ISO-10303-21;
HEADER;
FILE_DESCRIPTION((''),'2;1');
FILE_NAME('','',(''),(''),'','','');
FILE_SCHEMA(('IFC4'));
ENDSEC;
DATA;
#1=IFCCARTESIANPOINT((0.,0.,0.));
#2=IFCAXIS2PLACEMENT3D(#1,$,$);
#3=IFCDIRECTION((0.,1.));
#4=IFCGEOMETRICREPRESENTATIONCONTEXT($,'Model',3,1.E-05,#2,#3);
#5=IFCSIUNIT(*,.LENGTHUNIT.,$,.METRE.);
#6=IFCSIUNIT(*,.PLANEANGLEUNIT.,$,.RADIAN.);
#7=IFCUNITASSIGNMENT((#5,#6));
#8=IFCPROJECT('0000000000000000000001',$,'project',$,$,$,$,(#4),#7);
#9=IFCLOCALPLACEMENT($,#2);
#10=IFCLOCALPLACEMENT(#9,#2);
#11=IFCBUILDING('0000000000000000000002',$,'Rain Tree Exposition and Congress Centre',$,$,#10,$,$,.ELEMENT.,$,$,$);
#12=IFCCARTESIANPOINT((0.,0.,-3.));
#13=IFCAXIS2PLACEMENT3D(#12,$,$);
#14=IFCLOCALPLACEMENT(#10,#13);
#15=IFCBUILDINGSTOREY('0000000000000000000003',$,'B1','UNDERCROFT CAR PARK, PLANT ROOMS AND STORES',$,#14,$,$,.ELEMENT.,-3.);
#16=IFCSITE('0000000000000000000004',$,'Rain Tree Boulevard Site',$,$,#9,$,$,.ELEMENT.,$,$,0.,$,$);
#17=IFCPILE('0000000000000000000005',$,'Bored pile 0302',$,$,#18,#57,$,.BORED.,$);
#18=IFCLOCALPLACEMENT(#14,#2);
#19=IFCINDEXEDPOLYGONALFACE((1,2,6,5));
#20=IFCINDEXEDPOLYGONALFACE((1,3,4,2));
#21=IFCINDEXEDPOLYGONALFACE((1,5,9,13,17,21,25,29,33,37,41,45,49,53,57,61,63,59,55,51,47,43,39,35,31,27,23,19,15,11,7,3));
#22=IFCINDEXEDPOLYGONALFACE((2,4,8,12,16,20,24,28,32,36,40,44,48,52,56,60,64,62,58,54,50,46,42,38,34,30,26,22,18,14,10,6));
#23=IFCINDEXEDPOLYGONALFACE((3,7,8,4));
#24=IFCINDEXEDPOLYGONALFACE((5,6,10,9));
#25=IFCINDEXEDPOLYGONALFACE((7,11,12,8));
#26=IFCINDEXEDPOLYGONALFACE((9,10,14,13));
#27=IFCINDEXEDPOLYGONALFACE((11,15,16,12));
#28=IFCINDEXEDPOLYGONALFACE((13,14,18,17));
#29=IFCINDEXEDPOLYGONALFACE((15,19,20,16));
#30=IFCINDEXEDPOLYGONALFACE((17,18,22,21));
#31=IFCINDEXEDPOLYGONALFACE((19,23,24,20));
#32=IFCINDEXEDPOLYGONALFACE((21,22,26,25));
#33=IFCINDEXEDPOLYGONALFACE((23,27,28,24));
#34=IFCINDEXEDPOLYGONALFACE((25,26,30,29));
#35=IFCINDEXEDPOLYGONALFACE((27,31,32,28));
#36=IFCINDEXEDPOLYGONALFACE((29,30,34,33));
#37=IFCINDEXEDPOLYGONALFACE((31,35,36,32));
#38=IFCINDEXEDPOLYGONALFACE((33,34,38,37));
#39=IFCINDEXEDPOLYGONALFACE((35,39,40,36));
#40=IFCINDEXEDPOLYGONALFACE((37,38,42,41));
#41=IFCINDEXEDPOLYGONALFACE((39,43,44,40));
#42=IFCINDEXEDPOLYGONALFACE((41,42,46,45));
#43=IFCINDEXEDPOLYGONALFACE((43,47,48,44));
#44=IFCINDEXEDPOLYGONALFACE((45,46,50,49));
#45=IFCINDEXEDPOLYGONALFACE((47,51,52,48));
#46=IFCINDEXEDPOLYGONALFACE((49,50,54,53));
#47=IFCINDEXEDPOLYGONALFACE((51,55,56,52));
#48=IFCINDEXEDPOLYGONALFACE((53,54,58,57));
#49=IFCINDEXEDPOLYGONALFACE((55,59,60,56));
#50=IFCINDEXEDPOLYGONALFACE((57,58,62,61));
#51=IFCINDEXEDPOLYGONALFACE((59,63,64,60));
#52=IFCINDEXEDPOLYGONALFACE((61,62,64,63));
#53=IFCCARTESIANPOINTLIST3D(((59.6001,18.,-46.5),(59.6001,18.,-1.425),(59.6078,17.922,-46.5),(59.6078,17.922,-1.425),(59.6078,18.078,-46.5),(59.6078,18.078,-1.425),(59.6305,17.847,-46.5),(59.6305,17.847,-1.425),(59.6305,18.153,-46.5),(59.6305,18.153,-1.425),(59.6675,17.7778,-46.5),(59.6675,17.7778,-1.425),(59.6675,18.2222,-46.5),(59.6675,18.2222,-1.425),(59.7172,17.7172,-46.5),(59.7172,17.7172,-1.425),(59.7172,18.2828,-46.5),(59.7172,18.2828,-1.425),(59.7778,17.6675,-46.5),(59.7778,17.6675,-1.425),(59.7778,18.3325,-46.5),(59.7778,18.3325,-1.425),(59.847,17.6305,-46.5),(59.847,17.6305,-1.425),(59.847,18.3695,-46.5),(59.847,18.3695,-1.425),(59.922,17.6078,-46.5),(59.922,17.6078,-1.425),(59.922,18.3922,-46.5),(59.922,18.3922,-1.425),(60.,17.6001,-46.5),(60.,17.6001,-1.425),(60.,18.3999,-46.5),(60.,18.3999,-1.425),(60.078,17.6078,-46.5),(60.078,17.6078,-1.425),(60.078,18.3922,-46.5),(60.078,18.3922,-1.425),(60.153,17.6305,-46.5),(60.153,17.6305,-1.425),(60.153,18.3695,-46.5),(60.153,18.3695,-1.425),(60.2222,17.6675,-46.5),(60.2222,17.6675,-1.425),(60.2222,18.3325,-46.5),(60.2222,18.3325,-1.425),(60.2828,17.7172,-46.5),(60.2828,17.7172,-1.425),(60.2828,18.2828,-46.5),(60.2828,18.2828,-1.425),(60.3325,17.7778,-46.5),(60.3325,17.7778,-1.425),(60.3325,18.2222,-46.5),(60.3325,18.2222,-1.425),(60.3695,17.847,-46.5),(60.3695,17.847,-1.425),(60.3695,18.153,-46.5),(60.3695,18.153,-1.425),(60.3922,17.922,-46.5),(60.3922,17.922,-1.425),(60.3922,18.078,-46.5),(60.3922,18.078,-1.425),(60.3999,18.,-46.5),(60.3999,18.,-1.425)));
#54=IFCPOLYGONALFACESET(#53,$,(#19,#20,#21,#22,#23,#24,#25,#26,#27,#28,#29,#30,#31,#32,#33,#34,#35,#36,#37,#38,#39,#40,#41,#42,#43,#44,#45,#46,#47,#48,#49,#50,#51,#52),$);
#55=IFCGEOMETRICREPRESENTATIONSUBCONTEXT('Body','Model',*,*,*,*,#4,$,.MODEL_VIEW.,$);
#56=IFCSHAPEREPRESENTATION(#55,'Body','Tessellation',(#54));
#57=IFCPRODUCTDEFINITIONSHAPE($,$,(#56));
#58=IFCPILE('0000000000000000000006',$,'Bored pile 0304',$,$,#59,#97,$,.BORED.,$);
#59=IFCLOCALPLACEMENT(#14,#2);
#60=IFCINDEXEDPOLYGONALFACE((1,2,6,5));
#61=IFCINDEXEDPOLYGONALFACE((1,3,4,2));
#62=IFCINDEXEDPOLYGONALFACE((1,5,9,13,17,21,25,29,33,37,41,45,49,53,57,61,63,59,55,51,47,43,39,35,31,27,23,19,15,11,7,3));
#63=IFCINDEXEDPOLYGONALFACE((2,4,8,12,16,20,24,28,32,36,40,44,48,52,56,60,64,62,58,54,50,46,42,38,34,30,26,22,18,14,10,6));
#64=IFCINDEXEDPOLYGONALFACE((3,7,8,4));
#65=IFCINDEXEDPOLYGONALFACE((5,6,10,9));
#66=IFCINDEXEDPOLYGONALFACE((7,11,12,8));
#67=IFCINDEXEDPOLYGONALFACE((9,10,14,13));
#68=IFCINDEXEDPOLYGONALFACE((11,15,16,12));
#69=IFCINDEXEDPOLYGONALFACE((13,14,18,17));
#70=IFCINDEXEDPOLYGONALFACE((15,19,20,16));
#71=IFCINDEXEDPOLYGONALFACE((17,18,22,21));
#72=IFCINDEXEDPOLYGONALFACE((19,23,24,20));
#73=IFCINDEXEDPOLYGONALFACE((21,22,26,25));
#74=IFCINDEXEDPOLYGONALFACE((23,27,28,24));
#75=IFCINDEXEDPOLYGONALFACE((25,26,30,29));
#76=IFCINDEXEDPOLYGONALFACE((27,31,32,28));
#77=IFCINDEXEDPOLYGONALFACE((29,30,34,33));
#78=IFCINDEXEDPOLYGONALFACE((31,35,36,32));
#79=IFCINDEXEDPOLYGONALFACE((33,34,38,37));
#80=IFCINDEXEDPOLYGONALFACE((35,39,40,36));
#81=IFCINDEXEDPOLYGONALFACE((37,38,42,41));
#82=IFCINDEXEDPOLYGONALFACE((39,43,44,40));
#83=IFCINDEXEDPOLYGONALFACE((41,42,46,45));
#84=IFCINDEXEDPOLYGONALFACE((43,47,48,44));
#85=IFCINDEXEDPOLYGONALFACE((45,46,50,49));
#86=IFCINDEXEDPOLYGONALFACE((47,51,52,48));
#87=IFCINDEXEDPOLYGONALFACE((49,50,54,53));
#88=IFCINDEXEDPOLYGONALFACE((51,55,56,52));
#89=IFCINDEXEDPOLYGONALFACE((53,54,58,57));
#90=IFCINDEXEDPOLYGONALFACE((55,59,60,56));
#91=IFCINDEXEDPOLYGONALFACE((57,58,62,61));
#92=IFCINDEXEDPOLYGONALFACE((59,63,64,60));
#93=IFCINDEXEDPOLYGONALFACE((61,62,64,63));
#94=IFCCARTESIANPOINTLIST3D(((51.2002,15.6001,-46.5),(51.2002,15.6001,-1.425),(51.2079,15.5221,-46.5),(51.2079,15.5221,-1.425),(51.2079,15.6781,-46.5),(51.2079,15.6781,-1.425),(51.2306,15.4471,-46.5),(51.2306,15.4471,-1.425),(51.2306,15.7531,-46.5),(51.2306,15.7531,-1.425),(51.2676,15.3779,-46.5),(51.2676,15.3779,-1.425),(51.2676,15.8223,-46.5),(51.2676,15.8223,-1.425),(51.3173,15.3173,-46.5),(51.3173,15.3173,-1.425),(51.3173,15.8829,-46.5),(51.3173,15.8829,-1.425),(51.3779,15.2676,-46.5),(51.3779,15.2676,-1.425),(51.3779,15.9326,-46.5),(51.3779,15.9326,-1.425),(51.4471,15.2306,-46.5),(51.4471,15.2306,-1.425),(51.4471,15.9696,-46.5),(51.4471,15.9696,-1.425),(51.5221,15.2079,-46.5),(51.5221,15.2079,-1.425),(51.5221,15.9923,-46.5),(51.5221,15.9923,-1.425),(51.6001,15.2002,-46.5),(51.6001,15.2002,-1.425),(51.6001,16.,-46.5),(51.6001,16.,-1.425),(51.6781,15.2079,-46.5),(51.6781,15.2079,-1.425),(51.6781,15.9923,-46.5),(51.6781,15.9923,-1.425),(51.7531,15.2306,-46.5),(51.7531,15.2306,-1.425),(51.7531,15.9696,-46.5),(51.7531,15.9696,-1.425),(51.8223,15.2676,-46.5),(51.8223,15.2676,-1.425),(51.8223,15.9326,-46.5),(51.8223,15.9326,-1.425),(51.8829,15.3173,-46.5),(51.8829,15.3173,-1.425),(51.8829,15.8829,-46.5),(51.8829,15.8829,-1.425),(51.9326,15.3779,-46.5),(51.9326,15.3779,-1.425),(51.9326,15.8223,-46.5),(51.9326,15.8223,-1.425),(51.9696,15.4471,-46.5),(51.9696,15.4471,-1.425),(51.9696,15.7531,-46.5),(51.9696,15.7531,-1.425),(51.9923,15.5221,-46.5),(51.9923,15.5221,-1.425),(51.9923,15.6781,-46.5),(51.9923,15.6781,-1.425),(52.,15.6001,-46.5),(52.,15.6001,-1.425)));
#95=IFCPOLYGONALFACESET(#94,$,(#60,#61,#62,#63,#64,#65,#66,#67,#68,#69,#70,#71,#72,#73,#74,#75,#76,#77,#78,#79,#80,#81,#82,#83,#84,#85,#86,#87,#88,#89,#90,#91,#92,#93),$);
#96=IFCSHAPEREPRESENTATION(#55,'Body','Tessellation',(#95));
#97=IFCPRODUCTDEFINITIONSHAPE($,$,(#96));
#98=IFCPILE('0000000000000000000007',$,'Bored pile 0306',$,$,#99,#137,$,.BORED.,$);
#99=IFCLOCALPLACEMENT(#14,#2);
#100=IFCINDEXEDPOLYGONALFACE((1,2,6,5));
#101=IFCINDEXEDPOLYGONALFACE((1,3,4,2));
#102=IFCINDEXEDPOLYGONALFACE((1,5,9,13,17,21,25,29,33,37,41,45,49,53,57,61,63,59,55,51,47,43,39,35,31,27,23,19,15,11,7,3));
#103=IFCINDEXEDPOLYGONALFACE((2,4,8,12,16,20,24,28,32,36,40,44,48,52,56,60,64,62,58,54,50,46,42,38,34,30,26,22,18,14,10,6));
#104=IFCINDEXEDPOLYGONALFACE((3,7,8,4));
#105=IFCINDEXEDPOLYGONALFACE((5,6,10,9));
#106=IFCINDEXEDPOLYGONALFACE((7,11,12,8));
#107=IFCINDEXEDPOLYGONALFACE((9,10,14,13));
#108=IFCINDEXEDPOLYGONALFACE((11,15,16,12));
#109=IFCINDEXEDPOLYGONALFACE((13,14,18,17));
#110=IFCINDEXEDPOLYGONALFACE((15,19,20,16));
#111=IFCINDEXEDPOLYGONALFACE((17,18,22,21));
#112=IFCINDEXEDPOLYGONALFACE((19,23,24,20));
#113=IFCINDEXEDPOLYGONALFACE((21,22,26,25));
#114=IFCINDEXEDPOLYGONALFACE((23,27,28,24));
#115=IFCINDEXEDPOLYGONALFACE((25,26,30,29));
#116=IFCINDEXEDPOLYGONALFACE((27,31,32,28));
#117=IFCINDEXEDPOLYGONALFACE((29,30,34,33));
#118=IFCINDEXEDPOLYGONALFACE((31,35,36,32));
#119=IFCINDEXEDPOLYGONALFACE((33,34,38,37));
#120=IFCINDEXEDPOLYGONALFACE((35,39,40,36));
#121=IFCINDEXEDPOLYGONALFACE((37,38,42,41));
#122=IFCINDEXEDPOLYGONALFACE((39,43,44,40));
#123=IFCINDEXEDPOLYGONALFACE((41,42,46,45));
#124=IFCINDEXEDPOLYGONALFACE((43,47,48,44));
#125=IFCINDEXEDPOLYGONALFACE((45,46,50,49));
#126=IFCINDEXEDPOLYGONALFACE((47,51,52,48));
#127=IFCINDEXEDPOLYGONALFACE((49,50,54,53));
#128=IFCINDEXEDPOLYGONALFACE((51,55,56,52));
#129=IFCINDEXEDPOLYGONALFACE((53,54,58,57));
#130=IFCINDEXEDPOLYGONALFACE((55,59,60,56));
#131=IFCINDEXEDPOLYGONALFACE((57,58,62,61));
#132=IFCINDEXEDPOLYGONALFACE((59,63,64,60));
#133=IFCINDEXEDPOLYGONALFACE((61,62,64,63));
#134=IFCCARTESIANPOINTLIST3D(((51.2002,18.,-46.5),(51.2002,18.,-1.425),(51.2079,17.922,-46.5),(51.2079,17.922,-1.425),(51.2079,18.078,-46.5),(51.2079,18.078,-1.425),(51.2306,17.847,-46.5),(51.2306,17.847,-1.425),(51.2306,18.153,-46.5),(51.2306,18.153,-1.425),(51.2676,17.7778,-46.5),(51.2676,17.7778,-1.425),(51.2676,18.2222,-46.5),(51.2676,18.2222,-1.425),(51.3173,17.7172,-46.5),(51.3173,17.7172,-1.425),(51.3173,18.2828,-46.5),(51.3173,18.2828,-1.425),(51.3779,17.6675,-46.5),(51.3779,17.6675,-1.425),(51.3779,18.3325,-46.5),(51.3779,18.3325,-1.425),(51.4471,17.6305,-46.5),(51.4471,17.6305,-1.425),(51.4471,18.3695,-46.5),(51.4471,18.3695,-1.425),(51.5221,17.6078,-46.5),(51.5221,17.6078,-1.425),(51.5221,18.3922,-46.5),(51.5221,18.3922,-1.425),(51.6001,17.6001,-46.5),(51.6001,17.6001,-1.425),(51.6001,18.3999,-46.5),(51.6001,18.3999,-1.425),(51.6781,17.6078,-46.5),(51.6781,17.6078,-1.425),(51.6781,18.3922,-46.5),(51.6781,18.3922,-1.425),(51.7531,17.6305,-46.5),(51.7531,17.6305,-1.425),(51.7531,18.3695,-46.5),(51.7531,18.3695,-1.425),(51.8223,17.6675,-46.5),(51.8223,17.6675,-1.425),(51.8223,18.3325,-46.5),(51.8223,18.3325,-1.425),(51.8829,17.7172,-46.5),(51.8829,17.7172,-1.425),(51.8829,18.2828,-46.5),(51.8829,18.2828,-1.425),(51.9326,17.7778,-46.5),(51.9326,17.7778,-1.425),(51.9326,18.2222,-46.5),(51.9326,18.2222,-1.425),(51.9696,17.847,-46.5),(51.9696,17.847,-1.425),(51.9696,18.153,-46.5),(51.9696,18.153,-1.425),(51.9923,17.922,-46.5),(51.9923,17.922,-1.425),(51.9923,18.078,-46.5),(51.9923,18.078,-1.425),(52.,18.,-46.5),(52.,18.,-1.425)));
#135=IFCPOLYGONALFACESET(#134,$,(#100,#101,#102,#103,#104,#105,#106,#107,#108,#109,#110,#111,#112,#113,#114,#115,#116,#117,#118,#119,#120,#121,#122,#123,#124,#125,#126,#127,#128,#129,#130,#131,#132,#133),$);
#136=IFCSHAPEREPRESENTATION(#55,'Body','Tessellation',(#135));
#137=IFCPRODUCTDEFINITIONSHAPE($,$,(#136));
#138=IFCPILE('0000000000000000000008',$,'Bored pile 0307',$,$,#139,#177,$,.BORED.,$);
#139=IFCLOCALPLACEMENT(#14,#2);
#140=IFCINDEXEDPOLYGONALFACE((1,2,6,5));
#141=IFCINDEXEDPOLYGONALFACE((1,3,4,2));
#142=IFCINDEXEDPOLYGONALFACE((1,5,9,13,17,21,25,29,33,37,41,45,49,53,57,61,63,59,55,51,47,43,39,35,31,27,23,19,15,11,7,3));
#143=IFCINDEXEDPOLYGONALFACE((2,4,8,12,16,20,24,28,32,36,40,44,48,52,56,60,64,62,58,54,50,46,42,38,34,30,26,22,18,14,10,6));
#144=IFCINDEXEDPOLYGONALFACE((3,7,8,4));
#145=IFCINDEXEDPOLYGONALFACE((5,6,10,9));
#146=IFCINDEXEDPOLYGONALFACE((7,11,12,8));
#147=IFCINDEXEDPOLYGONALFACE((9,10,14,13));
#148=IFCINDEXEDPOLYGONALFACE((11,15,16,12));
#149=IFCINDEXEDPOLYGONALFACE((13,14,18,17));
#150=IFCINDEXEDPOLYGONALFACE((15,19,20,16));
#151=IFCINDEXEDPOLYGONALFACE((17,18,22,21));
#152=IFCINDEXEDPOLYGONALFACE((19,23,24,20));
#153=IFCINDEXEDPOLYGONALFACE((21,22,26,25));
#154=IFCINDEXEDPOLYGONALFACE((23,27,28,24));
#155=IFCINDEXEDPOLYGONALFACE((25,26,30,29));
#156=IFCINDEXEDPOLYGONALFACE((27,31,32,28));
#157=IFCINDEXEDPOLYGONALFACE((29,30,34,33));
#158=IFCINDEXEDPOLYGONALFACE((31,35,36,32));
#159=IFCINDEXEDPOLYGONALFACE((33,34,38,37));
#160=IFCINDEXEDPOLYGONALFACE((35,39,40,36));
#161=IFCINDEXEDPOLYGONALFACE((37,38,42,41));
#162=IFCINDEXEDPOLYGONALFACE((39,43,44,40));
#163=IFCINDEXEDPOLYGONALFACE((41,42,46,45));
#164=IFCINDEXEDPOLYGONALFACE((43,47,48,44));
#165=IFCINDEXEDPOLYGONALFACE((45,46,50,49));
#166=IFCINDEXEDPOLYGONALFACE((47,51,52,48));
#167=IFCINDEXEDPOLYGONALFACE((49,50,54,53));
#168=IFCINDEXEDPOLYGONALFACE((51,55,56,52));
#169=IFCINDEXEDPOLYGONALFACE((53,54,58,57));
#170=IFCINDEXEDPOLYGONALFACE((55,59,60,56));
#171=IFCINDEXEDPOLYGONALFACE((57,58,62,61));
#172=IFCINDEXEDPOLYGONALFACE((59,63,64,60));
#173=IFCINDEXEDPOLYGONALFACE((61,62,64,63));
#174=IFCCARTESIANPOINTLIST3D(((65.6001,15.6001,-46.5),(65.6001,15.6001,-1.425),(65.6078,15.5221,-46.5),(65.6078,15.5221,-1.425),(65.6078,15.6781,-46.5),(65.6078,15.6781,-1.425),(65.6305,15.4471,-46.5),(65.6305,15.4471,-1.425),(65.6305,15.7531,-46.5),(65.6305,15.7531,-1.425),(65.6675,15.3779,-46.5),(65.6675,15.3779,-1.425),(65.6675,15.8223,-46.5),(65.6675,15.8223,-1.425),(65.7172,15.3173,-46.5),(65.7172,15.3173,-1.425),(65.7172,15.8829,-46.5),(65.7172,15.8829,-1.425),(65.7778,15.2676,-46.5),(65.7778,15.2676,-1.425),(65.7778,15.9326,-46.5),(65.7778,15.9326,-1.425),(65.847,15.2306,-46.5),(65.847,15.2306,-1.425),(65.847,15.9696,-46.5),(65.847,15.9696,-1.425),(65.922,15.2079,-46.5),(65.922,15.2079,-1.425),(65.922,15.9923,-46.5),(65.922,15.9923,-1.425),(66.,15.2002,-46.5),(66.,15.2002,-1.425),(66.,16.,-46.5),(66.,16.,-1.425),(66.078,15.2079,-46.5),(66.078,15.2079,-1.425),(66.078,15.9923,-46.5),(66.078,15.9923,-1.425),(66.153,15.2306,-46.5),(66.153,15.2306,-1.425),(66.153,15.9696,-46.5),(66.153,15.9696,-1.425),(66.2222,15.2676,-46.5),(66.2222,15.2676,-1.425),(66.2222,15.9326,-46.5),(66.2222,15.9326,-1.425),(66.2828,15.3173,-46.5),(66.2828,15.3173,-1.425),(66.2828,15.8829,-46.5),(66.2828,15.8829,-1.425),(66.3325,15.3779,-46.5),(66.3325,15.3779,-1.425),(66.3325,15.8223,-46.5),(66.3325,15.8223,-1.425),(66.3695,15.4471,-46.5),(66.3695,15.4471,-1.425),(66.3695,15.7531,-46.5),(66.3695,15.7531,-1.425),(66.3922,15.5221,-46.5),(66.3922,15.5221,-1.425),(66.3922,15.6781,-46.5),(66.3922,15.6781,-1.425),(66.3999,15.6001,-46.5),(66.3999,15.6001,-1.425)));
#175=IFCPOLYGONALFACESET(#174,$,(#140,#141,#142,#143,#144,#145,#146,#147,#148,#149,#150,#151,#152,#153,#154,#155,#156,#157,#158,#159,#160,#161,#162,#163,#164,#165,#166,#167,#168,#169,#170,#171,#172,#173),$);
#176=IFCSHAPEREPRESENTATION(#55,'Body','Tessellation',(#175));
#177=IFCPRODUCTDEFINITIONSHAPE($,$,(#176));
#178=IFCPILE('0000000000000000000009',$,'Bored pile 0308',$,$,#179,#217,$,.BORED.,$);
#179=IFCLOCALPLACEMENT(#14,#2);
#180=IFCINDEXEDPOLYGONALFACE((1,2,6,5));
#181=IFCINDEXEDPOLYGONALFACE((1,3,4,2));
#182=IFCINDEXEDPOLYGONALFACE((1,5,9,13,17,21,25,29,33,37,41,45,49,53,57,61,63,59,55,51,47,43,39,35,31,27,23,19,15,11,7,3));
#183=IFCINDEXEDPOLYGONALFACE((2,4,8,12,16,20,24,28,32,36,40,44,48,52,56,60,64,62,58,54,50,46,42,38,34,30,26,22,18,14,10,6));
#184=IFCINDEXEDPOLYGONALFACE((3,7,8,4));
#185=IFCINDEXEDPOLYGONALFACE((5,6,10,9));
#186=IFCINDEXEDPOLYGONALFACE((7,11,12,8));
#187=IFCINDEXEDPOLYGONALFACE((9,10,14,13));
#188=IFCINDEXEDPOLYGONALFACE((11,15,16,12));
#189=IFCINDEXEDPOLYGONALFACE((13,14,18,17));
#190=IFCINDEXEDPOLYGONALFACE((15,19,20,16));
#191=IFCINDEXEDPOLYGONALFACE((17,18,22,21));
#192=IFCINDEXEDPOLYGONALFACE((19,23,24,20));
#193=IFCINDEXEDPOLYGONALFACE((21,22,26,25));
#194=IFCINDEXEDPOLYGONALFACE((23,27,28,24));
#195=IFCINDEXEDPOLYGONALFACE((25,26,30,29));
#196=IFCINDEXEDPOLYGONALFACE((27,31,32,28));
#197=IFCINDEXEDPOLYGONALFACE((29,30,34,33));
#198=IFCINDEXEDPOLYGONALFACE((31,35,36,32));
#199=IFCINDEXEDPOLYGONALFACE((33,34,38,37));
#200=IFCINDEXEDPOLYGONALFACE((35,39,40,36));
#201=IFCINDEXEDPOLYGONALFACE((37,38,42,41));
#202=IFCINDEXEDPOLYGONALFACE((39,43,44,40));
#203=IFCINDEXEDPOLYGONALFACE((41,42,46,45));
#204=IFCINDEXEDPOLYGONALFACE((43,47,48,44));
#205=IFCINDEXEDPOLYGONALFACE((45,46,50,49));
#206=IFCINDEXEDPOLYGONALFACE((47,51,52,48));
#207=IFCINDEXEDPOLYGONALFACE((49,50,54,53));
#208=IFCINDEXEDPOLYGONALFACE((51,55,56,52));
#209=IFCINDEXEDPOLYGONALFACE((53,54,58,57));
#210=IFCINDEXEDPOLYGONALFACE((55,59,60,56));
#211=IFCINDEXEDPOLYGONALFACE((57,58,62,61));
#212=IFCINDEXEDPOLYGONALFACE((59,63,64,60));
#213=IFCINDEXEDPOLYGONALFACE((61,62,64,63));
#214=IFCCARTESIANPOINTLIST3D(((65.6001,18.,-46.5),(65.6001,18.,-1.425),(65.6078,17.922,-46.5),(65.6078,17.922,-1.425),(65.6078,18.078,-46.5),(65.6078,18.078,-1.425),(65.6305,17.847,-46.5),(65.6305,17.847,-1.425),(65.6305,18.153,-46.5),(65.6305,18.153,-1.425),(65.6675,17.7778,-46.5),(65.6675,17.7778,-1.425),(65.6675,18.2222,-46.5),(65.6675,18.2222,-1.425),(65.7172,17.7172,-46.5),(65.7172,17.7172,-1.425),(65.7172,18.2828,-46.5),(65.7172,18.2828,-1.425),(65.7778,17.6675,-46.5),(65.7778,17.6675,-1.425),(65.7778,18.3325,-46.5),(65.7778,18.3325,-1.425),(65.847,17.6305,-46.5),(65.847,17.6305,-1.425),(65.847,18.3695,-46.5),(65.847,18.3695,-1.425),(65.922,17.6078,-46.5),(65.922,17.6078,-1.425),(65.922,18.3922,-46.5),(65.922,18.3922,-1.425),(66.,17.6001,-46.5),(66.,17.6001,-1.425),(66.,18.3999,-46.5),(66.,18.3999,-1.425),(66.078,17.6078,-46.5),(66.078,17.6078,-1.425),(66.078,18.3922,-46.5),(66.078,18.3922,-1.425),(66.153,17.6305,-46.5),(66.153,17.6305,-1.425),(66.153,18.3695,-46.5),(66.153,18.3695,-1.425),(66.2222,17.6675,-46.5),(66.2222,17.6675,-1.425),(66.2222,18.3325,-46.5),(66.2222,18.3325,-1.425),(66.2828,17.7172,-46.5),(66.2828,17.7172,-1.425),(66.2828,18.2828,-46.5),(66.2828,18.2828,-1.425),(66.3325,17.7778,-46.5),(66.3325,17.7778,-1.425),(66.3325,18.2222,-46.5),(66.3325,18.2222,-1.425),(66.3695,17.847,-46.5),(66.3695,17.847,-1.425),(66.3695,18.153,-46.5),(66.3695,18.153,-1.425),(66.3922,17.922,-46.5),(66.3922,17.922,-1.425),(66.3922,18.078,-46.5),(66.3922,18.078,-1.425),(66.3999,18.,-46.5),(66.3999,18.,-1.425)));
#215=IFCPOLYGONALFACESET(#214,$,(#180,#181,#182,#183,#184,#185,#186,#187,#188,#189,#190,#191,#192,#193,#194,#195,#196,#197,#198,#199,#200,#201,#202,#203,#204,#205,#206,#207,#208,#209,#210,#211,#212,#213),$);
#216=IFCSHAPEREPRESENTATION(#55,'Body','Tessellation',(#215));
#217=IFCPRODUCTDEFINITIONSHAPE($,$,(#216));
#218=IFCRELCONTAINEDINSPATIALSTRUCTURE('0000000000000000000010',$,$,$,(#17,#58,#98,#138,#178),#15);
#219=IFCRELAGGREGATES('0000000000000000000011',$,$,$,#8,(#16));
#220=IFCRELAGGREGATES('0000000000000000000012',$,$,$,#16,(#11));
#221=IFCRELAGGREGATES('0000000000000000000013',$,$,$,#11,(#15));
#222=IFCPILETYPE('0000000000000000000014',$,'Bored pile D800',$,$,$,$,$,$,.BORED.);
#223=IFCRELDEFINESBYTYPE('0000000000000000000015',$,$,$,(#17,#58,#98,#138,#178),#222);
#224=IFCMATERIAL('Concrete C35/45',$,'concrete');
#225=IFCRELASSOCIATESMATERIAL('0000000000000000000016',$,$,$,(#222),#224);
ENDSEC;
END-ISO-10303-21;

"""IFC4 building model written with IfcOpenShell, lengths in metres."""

from ifc_helpers import new_model, si_unit, direction, frame, origin, origin_2d, place, context, subcontext, project, spatial, circle, extrude, material, material_profile, profile_set, type_object, element, save


model = new_model("IFC4")

# Units and contexts
model_context = context("Model", 3, precision=1e-05, world=origin(), true_north=direction((0.0, 1.0)))
body_context = subcontext(model_context, "Body", "Model", "MODEL_VIEW")
ifc_project = project(units=[si_unit("LENGTHUNIT", "METRE"), si_unit("PLANEANGLEUNIT", "RADIAN")], contexts=[model_context])

# Site, building, storey
site_placement = place(None, origin())
site = spatial("IfcSite", under=ifc_project, at=site_placement, Name="Rain Tree Boulevard Site", CompositionType="ELEMENT", RefElevation=0.0)
building_placement = place(site_placement, origin())
building = spatial("IfcBuilding", under=site, at=building_placement, Name="Rain Tree Exposition and Congress Centre", CompositionType="ELEMENT")
storey_placement = place(building_placement, frame((0.0, 0.0, -3.0)))
storey = spatial("IfcBuildingStorey", under=building, at=storey_placement, Name="B1", Description="UNDERCROFT CAR PARK, PLANT ROOMS AND STORES", CompositionType="ELEMENT", Elevation=-3.0)

# Piles
ifc_material_1 = material(Name="Concrete C35/45", Category="concrete")
ifc_material_profile_1 = material_profile(ifc_material_1, circle(Radius=0.3999, at=origin_2d()), Name="D800")
ifc_profile_set_1 = profile_set([ifc_material_profile_1], Name="Concrete C35/45")
pile_type_1 = type_object("IfcPileType", Name="Bored pile D800", PredefinedType="BORED", material=ifc_profile_set_1)
for number, where, z_axis, x_axis, name in (
    (1, (60.0, 18.0, -1.425), (0.0, 0.0, -1.0), (1.0, 0.0, 0.0), "Bored pile 0302"),
    (2, (51.6001, 15.6001, -1.425), (0.0, 0.0, -1.0), (1.0, 0.0, 0.0), "Bored pile 0304"),
    (3, (51.6001, 18.0, -1.425), (0.0, 0.0, -1.0), (1.0, 0.0, 0.0), "Bored pile 0306"),
    (4, (66.0, 15.6001, -1.425), (0.0, 0.0, -1.0), (1.0, 0.0, 0.0), "Bored pile 0307"),
    (5, (66.0, 18.0, -1.425), (0.0, 0.0, -1.0), (1.0, 0.0, 0.0), "Bored pile 0308"),
):
    element("IfcPile", number, at=place(storey_placement, frame(where, z_axis=z_axis, x_axis=x_axis)), inside=storey, type_object=pile_type_1, Name=name, PredefinedType="BORED", context=body_context, shape_type="SweptSolid", body=[
        extrude(circle(Radius=0.3999, at=origin_2d()), origin(), (0.0, 0.0, 1.0), 45.075),
    ])

save(model, "model.ifc")
